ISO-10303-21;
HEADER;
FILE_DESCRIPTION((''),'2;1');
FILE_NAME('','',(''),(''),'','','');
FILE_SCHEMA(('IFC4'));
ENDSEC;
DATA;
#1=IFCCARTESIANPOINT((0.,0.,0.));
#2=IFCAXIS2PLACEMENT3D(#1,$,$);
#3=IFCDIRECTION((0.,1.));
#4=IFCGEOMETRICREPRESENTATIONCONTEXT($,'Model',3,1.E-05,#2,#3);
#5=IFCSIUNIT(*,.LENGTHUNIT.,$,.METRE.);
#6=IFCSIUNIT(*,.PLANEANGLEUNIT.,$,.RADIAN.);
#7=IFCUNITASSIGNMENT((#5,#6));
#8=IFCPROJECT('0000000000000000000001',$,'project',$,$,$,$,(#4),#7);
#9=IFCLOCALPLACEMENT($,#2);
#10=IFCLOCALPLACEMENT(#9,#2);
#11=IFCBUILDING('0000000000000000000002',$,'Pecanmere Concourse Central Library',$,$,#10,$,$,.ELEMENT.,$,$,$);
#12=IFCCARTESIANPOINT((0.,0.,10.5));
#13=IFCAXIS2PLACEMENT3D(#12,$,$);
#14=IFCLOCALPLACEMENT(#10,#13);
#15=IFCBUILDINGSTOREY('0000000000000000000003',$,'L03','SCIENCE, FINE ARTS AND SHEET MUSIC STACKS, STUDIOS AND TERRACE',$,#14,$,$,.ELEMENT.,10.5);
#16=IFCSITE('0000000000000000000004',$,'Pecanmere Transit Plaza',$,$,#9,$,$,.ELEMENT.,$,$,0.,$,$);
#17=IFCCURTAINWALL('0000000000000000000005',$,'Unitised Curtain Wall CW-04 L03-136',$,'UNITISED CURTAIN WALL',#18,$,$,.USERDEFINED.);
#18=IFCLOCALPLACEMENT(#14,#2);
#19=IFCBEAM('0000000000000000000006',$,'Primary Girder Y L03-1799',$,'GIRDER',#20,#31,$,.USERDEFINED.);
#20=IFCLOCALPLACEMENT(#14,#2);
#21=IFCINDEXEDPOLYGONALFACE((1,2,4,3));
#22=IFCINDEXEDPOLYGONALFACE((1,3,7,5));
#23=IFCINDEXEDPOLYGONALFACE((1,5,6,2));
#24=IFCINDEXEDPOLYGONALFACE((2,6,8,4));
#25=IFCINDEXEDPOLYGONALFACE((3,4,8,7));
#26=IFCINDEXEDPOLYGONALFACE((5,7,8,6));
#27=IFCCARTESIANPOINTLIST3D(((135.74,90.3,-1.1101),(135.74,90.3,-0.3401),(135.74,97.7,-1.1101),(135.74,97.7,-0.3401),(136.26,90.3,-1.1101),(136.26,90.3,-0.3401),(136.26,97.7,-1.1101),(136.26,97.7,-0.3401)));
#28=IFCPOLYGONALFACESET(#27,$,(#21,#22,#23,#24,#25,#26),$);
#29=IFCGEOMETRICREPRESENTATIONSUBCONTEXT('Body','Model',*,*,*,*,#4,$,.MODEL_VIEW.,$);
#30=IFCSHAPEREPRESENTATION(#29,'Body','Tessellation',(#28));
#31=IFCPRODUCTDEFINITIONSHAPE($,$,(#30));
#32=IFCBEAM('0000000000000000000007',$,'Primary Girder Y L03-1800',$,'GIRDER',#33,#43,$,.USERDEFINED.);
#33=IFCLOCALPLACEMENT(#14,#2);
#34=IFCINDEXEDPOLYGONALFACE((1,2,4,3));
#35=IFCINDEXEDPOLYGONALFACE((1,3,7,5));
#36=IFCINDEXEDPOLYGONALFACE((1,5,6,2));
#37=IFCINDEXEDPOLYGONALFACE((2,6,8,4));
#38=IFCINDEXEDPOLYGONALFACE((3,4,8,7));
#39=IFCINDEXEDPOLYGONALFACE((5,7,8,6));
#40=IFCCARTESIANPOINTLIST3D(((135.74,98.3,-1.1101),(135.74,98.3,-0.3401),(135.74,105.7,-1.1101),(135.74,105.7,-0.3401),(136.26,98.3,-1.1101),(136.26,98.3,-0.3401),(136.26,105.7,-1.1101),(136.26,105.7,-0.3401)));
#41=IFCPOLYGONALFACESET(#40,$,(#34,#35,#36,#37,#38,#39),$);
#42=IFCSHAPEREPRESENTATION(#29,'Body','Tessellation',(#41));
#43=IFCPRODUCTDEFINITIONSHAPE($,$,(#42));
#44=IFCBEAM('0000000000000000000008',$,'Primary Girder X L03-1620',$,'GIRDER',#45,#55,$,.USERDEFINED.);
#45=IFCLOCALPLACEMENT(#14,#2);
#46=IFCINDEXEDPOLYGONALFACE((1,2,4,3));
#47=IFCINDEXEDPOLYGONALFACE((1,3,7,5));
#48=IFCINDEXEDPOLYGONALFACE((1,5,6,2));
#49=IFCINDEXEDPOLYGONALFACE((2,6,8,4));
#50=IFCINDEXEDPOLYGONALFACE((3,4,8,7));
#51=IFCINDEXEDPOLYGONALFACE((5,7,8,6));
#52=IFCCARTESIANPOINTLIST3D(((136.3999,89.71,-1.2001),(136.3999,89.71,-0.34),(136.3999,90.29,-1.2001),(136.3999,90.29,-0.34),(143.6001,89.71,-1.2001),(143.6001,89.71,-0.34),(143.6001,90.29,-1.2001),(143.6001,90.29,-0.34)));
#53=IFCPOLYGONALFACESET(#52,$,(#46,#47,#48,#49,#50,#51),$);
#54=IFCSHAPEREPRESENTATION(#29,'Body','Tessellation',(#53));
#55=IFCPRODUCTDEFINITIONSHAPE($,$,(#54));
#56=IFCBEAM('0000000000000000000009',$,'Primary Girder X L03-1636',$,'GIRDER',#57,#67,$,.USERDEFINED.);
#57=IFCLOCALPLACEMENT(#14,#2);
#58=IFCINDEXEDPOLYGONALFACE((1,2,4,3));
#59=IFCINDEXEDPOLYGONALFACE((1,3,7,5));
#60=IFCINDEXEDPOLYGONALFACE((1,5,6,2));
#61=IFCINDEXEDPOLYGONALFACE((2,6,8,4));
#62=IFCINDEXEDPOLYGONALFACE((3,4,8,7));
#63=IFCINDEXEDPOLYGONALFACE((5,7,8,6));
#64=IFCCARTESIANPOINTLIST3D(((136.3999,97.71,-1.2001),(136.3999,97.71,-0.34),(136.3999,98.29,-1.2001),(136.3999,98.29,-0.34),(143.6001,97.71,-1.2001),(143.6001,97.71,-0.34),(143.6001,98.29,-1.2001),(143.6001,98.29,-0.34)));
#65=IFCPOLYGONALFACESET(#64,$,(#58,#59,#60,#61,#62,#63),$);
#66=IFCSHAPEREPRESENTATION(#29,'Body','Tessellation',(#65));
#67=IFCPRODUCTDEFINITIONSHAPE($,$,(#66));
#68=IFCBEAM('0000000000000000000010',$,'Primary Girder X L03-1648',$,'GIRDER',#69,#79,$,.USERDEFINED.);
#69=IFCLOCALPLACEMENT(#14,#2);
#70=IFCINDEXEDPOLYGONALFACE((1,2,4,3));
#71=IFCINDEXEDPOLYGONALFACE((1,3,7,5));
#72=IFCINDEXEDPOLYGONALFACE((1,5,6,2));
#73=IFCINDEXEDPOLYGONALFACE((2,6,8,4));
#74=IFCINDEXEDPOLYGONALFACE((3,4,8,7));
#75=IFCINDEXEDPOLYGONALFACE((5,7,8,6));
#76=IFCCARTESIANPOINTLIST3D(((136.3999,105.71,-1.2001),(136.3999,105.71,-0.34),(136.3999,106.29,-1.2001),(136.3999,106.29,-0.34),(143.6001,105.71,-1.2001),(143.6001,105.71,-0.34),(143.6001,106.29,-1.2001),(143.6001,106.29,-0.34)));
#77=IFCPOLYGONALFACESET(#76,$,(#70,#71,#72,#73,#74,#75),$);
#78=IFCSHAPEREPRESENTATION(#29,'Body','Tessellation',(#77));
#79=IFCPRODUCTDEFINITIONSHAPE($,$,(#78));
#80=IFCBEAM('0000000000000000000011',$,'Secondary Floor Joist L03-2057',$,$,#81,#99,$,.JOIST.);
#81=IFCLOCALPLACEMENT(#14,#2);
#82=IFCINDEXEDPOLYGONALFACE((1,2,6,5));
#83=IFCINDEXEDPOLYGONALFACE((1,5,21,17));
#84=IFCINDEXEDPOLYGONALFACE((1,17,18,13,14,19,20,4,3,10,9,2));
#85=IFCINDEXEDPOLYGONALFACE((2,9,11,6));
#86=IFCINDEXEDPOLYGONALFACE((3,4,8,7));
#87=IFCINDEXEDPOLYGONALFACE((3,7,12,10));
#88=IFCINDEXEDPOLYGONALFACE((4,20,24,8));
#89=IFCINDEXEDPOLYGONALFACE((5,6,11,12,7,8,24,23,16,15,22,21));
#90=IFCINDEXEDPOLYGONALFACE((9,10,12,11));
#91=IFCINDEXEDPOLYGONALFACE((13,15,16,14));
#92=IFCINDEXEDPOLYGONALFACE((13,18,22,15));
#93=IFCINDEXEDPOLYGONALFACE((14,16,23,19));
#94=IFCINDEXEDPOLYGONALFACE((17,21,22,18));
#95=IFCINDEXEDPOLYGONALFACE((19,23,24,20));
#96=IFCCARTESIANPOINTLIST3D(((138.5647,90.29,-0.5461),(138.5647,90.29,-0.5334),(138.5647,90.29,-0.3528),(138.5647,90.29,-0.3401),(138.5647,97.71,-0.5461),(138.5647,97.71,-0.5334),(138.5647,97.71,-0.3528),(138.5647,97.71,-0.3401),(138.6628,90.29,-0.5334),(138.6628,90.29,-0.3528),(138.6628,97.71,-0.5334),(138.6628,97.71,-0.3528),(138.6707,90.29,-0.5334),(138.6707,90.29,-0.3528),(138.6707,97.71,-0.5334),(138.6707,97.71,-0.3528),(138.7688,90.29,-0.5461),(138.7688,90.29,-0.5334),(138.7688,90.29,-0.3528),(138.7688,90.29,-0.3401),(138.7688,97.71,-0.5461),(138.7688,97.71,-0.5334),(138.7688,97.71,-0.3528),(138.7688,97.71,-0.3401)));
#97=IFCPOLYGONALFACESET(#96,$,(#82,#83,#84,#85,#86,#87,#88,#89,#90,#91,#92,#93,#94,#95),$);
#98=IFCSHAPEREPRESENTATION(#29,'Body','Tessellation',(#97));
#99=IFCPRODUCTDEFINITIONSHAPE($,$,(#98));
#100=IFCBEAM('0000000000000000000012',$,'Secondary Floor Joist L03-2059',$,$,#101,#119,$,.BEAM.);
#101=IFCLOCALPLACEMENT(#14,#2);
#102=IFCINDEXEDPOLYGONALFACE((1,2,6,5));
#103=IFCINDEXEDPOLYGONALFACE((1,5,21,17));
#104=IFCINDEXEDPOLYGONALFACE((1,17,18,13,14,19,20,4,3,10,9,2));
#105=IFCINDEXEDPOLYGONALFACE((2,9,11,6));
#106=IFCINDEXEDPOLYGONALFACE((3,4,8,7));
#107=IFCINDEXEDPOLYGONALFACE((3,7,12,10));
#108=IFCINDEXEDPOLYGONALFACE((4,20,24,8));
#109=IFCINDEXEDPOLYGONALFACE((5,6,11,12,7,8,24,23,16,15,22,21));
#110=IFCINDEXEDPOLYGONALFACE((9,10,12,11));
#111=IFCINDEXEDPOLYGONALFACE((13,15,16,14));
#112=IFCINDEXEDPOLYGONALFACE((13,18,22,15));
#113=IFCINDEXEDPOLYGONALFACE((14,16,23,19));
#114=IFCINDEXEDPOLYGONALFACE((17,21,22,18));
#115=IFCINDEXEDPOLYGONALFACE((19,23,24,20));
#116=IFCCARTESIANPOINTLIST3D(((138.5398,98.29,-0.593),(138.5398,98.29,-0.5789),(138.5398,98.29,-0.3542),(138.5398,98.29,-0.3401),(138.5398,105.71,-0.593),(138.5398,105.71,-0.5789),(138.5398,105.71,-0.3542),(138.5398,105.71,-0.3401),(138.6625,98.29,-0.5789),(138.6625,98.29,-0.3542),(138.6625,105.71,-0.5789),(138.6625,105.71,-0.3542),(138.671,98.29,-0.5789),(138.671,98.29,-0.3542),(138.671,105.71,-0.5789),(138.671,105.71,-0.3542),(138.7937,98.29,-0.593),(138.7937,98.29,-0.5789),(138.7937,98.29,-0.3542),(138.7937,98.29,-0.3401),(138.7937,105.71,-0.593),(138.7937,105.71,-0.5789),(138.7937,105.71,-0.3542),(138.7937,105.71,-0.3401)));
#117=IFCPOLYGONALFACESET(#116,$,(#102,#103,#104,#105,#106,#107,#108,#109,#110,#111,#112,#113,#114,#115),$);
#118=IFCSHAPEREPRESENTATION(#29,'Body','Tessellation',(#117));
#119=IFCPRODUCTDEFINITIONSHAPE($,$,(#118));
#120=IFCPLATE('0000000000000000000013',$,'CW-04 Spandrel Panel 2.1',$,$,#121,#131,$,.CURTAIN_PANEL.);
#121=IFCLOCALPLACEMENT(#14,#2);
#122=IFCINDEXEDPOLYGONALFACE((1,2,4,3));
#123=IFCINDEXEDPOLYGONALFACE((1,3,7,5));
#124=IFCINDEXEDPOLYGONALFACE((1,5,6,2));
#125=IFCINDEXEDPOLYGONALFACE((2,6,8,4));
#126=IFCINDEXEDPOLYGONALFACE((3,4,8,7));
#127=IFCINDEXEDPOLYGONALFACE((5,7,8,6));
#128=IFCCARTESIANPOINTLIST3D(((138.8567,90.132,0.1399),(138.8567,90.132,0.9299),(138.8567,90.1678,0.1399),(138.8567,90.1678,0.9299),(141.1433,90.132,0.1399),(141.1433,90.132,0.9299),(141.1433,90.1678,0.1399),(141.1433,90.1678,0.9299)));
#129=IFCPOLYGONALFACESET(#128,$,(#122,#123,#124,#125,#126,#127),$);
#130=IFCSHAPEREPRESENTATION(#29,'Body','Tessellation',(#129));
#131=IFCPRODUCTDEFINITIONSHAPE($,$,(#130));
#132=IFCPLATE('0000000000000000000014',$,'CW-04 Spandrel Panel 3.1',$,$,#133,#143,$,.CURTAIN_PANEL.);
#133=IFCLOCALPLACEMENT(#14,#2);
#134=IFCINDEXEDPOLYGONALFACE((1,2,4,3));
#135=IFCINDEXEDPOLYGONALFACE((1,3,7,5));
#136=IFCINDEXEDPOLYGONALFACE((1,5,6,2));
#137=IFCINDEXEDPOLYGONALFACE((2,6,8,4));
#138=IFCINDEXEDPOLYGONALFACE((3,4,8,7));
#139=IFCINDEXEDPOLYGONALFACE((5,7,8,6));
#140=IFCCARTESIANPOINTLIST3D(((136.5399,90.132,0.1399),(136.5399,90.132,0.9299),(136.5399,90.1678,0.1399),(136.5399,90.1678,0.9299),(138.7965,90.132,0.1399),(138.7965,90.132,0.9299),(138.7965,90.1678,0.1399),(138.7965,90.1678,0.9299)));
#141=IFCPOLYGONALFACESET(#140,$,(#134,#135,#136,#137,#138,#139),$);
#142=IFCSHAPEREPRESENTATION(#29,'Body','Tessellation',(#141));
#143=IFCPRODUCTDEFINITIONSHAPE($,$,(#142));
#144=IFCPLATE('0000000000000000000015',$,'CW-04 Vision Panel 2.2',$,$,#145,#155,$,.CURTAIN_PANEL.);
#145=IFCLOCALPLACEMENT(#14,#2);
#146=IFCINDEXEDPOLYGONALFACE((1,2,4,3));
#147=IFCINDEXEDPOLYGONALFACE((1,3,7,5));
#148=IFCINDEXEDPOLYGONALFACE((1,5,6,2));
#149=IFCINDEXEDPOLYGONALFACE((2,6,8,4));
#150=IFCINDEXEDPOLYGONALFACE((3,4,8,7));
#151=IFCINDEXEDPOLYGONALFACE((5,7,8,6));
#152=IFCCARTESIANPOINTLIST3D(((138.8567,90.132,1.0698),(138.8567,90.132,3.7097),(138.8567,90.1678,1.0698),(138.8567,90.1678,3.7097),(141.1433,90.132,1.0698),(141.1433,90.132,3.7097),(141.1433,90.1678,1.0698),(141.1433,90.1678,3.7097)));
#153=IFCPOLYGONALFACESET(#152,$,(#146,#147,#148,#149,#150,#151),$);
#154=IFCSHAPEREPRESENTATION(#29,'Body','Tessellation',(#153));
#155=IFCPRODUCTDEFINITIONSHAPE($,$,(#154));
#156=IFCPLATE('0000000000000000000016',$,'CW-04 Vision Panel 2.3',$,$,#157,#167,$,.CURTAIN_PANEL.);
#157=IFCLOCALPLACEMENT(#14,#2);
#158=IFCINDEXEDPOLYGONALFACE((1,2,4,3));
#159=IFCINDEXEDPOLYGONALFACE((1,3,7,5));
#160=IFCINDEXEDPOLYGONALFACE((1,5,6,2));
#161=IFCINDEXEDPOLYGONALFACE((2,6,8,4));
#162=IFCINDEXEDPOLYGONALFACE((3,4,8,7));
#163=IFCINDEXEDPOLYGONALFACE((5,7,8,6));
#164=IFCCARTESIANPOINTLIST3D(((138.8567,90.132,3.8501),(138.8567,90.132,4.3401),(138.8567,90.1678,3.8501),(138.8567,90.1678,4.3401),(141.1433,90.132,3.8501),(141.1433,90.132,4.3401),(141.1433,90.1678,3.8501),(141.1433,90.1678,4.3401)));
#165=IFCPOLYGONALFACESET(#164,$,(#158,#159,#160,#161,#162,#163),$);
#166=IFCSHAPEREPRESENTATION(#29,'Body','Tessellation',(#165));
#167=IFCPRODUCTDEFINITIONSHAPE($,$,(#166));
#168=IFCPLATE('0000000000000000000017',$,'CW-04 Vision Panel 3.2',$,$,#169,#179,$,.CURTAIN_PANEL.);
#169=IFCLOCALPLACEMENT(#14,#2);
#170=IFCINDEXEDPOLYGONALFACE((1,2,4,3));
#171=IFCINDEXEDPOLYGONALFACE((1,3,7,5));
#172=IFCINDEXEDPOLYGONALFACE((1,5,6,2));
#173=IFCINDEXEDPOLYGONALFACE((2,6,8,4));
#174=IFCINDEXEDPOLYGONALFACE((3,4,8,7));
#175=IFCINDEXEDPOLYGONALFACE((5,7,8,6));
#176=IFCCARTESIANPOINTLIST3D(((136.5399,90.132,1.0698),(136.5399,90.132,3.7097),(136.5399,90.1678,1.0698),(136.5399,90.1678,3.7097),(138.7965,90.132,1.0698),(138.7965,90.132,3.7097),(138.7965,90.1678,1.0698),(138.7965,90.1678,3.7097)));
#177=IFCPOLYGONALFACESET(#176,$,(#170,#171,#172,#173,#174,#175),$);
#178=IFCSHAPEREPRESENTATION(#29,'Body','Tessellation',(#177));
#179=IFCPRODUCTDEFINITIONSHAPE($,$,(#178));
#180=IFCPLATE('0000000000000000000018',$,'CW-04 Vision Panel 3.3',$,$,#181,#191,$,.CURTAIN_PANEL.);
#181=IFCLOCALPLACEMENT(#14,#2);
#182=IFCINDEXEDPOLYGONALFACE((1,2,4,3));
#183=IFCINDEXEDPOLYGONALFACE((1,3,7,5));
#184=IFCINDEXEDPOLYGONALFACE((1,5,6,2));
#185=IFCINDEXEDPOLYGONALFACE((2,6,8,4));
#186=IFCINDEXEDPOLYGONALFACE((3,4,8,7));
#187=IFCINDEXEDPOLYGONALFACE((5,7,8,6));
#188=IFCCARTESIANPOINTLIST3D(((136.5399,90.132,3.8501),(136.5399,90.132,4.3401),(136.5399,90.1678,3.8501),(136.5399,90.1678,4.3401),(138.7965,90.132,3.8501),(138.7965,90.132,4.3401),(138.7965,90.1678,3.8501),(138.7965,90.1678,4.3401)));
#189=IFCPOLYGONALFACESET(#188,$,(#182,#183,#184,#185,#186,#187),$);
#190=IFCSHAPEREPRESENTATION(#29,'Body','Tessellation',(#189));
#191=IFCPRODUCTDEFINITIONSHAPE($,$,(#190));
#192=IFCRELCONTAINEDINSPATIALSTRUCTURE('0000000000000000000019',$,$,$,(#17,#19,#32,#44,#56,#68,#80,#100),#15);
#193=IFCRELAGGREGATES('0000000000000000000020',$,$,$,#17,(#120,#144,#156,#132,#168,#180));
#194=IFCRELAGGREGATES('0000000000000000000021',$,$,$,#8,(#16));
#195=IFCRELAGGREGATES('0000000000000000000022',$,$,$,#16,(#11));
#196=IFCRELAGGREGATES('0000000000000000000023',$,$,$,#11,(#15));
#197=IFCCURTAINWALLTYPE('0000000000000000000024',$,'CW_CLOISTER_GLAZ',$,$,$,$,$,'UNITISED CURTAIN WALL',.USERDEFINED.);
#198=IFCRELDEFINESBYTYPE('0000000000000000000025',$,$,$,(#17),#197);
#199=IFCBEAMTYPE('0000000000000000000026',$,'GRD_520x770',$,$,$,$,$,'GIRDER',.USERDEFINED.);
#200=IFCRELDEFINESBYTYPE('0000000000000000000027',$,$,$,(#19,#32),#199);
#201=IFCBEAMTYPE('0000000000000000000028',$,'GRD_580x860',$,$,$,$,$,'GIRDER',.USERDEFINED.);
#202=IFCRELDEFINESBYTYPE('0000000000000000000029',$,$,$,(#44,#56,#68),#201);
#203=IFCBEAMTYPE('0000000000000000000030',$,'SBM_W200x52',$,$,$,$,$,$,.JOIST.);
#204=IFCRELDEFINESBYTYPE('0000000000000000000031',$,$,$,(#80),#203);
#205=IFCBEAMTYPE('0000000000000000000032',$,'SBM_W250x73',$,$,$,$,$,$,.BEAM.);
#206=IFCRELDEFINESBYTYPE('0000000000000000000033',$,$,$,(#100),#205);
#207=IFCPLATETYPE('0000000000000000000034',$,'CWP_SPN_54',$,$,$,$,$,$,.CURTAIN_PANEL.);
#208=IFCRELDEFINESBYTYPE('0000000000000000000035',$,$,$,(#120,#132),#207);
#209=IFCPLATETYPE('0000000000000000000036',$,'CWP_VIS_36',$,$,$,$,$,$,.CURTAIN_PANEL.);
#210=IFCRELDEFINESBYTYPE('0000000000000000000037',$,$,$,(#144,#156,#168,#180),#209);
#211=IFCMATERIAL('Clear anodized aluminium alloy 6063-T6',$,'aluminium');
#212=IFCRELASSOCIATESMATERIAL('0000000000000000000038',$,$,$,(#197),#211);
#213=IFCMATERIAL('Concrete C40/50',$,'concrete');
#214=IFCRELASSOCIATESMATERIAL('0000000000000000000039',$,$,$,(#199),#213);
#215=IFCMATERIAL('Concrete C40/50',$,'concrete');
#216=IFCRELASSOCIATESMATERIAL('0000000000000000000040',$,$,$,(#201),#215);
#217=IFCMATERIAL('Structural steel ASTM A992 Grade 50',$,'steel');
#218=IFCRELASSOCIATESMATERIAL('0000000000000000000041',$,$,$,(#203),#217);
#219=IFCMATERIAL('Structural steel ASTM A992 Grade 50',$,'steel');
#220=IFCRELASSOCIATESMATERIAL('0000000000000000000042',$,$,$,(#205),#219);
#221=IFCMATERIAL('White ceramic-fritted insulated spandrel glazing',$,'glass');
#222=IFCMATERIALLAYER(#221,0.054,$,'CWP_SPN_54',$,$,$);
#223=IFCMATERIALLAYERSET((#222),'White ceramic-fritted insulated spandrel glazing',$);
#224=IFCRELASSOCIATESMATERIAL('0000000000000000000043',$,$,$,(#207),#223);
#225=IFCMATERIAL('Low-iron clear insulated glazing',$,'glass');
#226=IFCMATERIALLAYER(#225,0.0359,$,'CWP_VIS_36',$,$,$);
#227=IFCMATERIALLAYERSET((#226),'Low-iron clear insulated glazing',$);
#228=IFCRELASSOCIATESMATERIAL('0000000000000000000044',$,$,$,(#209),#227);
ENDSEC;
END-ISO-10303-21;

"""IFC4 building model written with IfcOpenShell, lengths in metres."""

from ifc_helpers import new_model, si_unit, direction, frame, origin, origin_2d, place, context, subcontext, project, spatial, rectangle, i_section, extrude, material, layer, layer_set, material_profile, profile_set, type_object, element, aggregate, save


model = new_model("IFC4")

# Units and contexts
model_context = context("Model", 3, precision=1e-05, world=origin(), true_north=direction((0.0, 1.0)))
body_context = subcontext(model_context, "Body", "Model", "MODEL_VIEW")
ifc_project = project(units=[si_unit("LENGTHUNIT", "METRE"), si_unit("PLANEANGLEUNIT", "RADIAN")], contexts=[model_context])

# Site, building, storey
site_placement = place(None, origin())
site = spatial("IfcSite", under=ifc_project, at=site_placement, Name="Pecanmere Transit Plaza", CompositionType="ELEMENT", RefElevation=0.0)
building_placement = place(site_placement, origin())
building = spatial("IfcBuilding", under=site, at=building_placement, Name="Pecanmere Concourse Central Library", CompositionType="ELEMENT")
storey_placement = place(building_placement, frame((0.0, 0.0, 10.5)))
storey = spatial("IfcBuildingStorey", under=building, at=storey_placement, Name="L03", Description="SCIENCE, FINE ARTS AND SHEET MUSIC STACKS, STUDIOS AND TERRACE", CompositionType="ELEMENT", Elevation=10.5)

# Shared definitions
ifc_material_1 = material(Name="Clear anodized aluminium alloy 6063-T6", Category="aluminium")
curtain_wall_type = type_object("IfcCurtainWallType", Name="CW_CLOISTER_GLAZ", ElementType="UNITISED CURTAIN WALL", PredefinedType="USERDEFINED", material=ifc_material_1)

# Curtain wall
curtain_wall_1_placement = place(storey_placement, origin())
curtain_wall_1 = element("IfcCurtainWall", 1, at=curtain_wall_1_placement, inside=storey, type_object=curtain_wall_type, Name="Unitised Curtain Wall CW-04 L03-136", ObjectType="UNITISED CURTAIN WALL", PredefinedType="USERDEFINED")

# Beams
ifc_material_2 = material(Name="Concrete C40/50", Category="concrete")
ifc_material_profile_1 = material_profile(ifc_material_2, rectangle(XDim=0.52, YDim=0.77, at=origin_2d()), Name="RC 520x770")
ifc_profile_set_1 = profile_set([ifc_material_profile_1], Name="Concrete C40/50")
beam_type_1 = type_object("IfcBeamType", Name="GRD_520x770", ElementType="GIRDER", PredefinedType="USERDEFINED", material=ifc_profile_set_1)
for number, where, z_axis, x_axis, name in (
    (2, (136.0, 90.3, -0.7251), (0.0, 1.0, 0.0), (-1.0, 0.0, 0.0), "Primary Girder Y L03-1799"),
    (3, (136.0, 98.3, -0.7251), (0.0, 1.0, 0.0), (-1.0, 0.0, 0.0), "Primary Girder Y L03-1800"),
):
    element("IfcBeam", number, at=place(storey_placement, frame(where, z_axis=z_axis, x_axis=x_axis)), inside=storey, type_object=beam_type_1, Name=name, ObjectType="GIRDER", PredefinedType="USERDEFINED", context=body_context, shape_type="SweptSolid", body=[
        extrude(rectangle(XDim=0.52, YDim=0.77, at=origin_2d()), origin(), (0.0, 0.0, 1.0), 7.3999),
    ])
ifc_material_3 = material(Name="Concrete C40/50", Category="concrete")
ifc_material_profile_2 = material_profile(ifc_material_3, rectangle(XDim=0.5801, YDim=0.8601, at=origin_2d()), Name="RC 580x860")
ifc_profile_set_2 = profile_set([ifc_material_profile_2], Name="Concrete C40/50")
beam_type_2 = type_object("IfcBeamType", Name="GRD_580x860", ElementType="GIRDER", PredefinedType="USERDEFINED", material=ifc_profile_set_2)
for number, where, z_axis, x_axis, name in (
    (4, (136.3999, 90.0, -0.77), (1.0, 0.0, 0.0), (0.0, 1.0, 0.0), "Primary Girder X L03-1620"),
    (5, (136.3999, 98.0, -0.77), (1.0, 0.0, 0.0), (0.0, 1.0, 0.0), "Primary Girder X L03-1636"),
    (6, (136.3999, 106.0, -0.77), (1.0, 0.0, 0.0), (0.0, 1.0, 0.0), "Primary Girder X L03-1648"),
):
    element("IfcBeam", number, at=place(storey_placement, frame(where, z_axis=z_axis, x_axis=x_axis)), inside=storey, type_object=beam_type_2, Name=name, ObjectType="GIRDER", PredefinedType="USERDEFINED", context=body_context, shape_type="SweptSolid", body=[
        extrude(rectangle(XDim=0.5801, YDim=0.8601, at=origin_2d()), origin(), (0.0, 0.0, 1.0), 7.2002),
    ])
ifc_material_4 = material(Name="Structural steel ASTM A992 Grade 50", Category="steel")
ifc_material_profile_3 = material_profile(ifc_material_4, i_section(OverallWidth=0.2041, OverallDepth=0.2061, WebThickness=0.0078, FlangeThickness=0.0127, at=origin_2d()), Name="W200x52")
ifc_profile_set_3 = profile_set([ifc_material_profile_3], Name="Structural steel ASTM A992 Grade 50")
beam_type_3 = type_object("IfcBeamType", Name="SBM_W200x52", PredefinedType="JOIST", material=ifc_profile_set_3)
beam_1_placement = place(storey_placement, frame((138.6667, 90.29, -0.4431), z_axis=(0.0, 1.0, 0.0), x_axis=(-1.0, 0.0, 0.0)))
element("IfcBeam", 7, at=beam_1_placement, inside=storey, type_object=beam_type_3, Name="Secondary Floor Joist L03-2057", PredefinedType="JOIST", context=body_context, shape_type="SweptSolid", body=[
    extrude(i_section(OverallWidth=0.2041, OverallDepth=0.2061, WebThickness=0.0078, FlangeThickness=0.0127, at=origin_2d()), origin(), (0.0, 0.0, 1.0), 7.4199),
])
ifc_material_5 = material(Name="Structural steel ASTM A992 Grade 50", Category="steel")
ifc_material_profile_4 = material_profile(ifc_material_5, i_section(OverallWidth=0.2539, OverallDepth=0.2529, WebThickness=0.0085, FlangeThickness=0.0142, at=origin_2d()), Name="W250x73")
ifc_profile_set_4 = profile_set([ifc_material_profile_4], Name="Structural steel ASTM A992 Grade 50")
beam_type_4 = type_object("IfcBeamType", Name="SBM_W250x73", PredefinedType="BEAM", material=ifc_profile_set_4)
beam_2_placement = place(storey_placement, frame((138.6667, 98.29, -0.4666), z_axis=(0.0, 1.0, 0.0), x_axis=(-1.0, 0.0, 0.0)))
element("IfcBeam", 8, at=beam_2_placement, inside=storey, type_object=beam_type_4, Name="Secondary Floor Joist L03-2059", PredefinedType="BEAM", context=body_context, shape_type="SweptSolid", body=[
    extrude(i_section(OverallWidth=0.2539, OverallDepth=0.2529, WebThickness=0.0085, FlangeThickness=0.0142, at=origin_2d()), origin(), (0.0, 0.0, 1.0), 7.4199),
])

# Plates
ifc_material_6 = material(Name="White ceramic-fritted insulated spandrel glazing", Category="glass")
ifc_layer_1 = layer(ifc_material_6, 0.054, Name="CWP_SPN_54")
ifc_layer_set_1 = layer_set([ifc_layer_1], Name="White ceramic-fritted insulated spandrel glazing")
plate_type_1 = type_object("IfcPlateType", Name="CWP_SPN_54", PredefinedType="CURTAIN_PANEL", material=ifc_layer_set_1)
plate_1_placement = place(storey_placement, frame((140.0, 90.1499, 0.1399), z_axis=(0.0, 0.0, 1.0), x_axis=(-1.0, 0.0, 0.0)))
plate_1 = element("IfcPlate", 9, at=plate_1_placement, type_object=plate_type_1, Name="CW-04 Spandrel Panel 2.1", PredefinedType="CURTAIN_PANEL", context=body_context, shape_type="SweptSolid", body=[
    extrude(rectangle(XDim=2.2866, YDim=0.0359, at=origin_2d()), origin(), (0.0, 0.0, 1.0), 0.79),
])
plate_2_placement = place(storey_placement, frame((137.6682, 90.1499, 0.1399), z_axis=(0.0, 0.0, 1.0), x_axis=(-1.0, 0.0, 0.0)))
plate_2 = element("IfcPlate", 10, at=plate_2_placement, type_object=plate_type_1, Name="CW-04 Spandrel Panel 3.1", PredefinedType="CURTAIN_PANEL", context=body_context, shape_type="SweptSolid", body=[
    extrude(rectangle(XDim=2.2566, YDim=0.0359, at=origin_2d()), origin(), (0.0, 0.0, 1.0), 0.79),
])
ifc_material_7 = material(Name="Low-iron clear insulated glazing", Category="glass")
ifc_layer_2 = layer(ifc_material_7, 0.0359, Name="CWP_VIS_36")
ifc_layer_set_2 = layer_set([ifc_layer_2], Name="Low-iron clear insulated glazing")
plate_type_2 = type_object("IfcPlateType", Name="CWP_VIS_36", PredefinedType="CURTAIN_PANEL", material=ifc_layer_set_2)
plate_3_placement = place(storey_placement, frame((140.0, 90.1499, 1.0698), z_axis=(0.0, 0.0, 1.0), x_axis=(-1.0, 0.0, 0.0)))
plate_3 = element("IfcPlate", 11, at=plate_3_placement, type_object=plate_type_2, Name="CW-04 Vision Panel 2.2", PredefinedType="CURTAIN_PANEL", context=body_context, shape_type="SweptSolid", body=[
    extrude(rectangle(XDim=2.2866, YDim=0.0359, at=origin_2d()), origin(), (0.0, 0.0, 1.0), 2.6399),
])
plate_4_placement = place(storey_placement, frame((140.0, 90.1499, 3.8501), z_axis=(0.0, 0.0, 1.0), x_axis=(-1.0, 0.0, 0.0)))
plate_4 = element("IfcPlate", 12, at=plate_4_placement, type_object=plate_type_2, Name="CW-04 Vision Panel 2.3", PredefinedType="CURTAIN_PANEL", context=body_context, shape_type="SweptSolid", body=[
    extrude(rectangle(XDim=2.2866, YDim=0.0359, at=origin_2d()), origin(), (0.0, 0.0, 1.0), 0.49),
])
plate_5_placement = place(storey_placement, frame((137.6682, 90.1499, 1.0698), z_axis=(0.0, 0.0, 1.0), x_axis=(-1.0, 0.0, 0.0)))
plate_5 = element("IfcPlate", 13, at=plate_5_placement, type_object=plate_type_2, Name="CW-04 Vision Panel 3.2", PredefinedType="CURTAIN_PANEL", context=body_context, shape_type="SweptSolid", body=[
    extrude(rectangle(XDim=2.2566, YDim=0.0359, at=origin_2d()), origin(), (0.0, 0.0, 1.0), 2.6399),
])
plate_6_placement = place(storey_placement, frame((137.6682, 90.1499, 3.8501), z_axis=(0.0, 0.0, 1.0), x_axis=(-1.0, 0.0, 0.0)))
plate_6 = element("IfcPlate", 14, at=plate_6_placement, type_object=plate_type_2, Name="CW-04 Vision Panel 3.3", PredefinedType="CURTAIN_PANEL", context=body_context, shape_type="SweptSolid", body=[
    extrude(rectangle(XDim=2.2566, YDim=0.0359, at=origin_2d()), origin(), (0.0, 0.0, 1.0), 0.49),
])
aggregate(curtain_wall_1, [plate_1, plate_3, plate_4, plate_2, plate_5, plate_6])

save(model, "model.ifc")
